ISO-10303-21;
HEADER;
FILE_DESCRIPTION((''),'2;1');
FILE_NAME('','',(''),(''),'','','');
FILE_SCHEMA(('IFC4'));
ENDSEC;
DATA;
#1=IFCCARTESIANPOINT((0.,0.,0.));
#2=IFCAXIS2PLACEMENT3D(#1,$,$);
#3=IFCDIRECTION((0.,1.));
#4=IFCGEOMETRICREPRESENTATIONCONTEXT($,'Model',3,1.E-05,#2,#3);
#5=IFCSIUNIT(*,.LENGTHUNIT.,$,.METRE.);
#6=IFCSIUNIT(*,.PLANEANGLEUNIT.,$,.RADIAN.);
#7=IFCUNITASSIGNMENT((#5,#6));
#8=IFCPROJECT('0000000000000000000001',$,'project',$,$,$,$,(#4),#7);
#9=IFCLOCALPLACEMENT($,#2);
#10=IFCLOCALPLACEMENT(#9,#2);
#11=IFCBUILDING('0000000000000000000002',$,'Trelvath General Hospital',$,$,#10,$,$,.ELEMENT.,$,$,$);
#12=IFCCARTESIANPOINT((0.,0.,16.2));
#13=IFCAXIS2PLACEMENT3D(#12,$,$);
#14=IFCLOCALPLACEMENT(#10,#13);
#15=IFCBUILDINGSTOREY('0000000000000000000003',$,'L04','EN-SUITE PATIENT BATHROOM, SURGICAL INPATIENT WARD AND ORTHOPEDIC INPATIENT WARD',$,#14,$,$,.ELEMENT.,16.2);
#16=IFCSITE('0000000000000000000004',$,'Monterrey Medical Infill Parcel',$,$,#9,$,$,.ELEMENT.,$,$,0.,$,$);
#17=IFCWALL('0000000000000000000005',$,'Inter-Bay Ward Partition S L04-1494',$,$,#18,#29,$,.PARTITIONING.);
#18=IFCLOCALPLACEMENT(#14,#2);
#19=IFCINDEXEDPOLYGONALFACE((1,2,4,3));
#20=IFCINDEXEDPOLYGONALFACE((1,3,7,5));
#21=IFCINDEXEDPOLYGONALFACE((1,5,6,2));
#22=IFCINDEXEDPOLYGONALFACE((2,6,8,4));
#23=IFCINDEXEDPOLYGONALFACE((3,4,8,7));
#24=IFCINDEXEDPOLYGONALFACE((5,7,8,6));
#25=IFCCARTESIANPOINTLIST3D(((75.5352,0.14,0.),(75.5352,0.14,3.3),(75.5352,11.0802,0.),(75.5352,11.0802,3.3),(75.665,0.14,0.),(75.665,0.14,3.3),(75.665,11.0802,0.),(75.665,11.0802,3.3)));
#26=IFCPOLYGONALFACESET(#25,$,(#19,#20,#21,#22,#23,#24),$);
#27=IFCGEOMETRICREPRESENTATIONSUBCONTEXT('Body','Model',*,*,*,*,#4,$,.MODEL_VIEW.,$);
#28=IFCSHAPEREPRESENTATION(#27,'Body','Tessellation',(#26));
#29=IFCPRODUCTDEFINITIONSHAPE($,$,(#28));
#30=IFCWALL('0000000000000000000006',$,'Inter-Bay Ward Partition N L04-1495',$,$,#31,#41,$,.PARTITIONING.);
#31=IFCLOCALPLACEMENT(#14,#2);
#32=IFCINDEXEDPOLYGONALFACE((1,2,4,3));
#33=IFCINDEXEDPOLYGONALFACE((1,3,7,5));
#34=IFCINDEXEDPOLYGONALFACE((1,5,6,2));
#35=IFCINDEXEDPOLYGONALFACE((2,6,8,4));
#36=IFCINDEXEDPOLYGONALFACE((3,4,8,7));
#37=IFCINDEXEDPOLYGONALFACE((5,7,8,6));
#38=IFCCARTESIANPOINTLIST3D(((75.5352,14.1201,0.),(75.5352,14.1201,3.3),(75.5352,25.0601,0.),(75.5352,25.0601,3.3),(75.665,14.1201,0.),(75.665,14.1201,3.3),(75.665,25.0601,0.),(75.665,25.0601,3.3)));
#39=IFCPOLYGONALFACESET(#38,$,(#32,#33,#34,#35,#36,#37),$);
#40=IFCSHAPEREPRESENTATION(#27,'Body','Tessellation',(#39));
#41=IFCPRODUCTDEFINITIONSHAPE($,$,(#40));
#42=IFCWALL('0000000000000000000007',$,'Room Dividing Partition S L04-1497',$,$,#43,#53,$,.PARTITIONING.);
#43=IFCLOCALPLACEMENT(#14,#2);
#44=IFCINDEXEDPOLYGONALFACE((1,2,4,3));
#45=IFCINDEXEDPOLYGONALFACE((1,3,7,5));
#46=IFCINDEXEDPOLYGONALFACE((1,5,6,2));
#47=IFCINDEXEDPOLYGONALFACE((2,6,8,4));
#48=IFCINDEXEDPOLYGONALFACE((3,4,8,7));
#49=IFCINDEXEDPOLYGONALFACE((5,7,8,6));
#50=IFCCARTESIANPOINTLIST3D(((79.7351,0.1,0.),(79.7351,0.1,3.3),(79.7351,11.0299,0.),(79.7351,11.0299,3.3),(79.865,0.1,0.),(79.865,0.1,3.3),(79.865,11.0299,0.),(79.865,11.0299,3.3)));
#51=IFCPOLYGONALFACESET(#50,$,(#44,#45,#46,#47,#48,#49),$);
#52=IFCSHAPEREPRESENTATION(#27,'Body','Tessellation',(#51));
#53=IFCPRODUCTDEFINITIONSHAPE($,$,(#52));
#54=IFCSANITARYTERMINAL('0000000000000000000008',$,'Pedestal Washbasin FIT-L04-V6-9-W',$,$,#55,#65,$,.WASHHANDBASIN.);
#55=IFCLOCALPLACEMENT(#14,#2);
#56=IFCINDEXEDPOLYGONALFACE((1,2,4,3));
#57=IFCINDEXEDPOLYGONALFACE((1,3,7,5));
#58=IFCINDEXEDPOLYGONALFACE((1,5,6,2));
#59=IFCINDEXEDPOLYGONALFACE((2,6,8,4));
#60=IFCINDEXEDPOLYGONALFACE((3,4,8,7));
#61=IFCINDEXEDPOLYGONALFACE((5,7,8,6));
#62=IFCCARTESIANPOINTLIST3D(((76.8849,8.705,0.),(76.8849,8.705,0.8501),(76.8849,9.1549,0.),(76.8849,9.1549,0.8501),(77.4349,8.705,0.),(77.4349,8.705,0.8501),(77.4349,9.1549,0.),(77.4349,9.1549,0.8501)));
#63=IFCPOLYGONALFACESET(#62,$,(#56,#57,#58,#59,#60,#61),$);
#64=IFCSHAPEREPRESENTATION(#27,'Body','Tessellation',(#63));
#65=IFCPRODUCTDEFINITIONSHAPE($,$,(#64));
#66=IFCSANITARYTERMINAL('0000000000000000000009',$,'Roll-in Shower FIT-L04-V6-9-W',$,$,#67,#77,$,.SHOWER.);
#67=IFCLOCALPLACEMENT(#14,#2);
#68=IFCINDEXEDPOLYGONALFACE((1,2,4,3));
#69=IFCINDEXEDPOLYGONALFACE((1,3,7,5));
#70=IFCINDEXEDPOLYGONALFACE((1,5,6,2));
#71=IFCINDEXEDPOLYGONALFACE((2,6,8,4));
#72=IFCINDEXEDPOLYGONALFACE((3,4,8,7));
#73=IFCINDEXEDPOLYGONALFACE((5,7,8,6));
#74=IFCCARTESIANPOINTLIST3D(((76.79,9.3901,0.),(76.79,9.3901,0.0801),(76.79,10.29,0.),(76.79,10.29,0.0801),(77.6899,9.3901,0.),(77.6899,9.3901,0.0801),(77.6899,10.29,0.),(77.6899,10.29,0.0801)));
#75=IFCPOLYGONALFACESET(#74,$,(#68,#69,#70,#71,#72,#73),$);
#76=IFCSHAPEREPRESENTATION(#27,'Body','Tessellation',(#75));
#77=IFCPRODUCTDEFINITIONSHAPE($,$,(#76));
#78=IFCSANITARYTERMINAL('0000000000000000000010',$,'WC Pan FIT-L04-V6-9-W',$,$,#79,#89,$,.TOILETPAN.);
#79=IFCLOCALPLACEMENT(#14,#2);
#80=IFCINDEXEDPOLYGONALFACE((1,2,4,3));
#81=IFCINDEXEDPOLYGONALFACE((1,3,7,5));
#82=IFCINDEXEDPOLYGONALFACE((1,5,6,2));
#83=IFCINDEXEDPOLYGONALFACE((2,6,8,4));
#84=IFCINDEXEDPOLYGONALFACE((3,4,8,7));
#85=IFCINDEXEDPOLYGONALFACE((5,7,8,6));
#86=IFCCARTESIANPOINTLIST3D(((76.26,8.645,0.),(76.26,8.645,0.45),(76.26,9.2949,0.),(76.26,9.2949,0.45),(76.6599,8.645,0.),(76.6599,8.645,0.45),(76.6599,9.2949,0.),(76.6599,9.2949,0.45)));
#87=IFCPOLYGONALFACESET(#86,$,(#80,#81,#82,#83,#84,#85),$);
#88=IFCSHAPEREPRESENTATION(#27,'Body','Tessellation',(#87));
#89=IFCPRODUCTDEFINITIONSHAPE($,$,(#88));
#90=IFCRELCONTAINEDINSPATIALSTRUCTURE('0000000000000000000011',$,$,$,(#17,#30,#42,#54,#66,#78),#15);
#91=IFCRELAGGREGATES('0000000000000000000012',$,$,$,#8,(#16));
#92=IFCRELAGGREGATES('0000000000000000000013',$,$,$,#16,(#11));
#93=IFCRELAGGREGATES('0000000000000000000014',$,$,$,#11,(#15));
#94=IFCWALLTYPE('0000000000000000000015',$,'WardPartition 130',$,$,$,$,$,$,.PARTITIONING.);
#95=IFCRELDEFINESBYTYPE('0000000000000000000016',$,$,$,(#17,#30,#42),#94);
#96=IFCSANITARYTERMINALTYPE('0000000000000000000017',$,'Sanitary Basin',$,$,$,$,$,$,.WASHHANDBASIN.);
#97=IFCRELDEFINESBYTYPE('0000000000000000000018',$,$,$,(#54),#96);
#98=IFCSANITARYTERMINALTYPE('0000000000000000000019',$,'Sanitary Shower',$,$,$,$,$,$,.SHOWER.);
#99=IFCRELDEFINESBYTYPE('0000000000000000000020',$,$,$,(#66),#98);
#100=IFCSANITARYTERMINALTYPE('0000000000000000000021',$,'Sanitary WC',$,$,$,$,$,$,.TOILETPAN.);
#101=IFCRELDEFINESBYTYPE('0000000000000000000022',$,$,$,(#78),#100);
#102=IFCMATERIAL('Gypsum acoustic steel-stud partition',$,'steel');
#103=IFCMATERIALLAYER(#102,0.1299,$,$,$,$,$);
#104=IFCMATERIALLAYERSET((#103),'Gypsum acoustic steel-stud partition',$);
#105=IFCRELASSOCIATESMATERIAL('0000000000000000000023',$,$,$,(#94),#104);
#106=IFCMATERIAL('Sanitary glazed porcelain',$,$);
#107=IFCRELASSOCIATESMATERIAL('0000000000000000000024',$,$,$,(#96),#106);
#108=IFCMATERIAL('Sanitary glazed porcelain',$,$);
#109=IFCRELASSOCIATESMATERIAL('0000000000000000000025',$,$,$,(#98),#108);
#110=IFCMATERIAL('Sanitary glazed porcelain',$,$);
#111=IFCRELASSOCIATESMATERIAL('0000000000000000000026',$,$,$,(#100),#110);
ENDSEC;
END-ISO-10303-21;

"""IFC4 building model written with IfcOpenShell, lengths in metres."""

from ifc_helpers import new_model, si_unit, direction, frame, frame_2d, origin, origin_2d, place, context, subcontext, project, spatial, rectangle, extrude, material, layer, layer_set, type_object, element, save


model = new_model("IFC4")

# Units and contexts
model_context = context("Model", 3, precision=1e-05, world=origin(), true_north=direction((0.0, 1.0)))
body_context = subcontext(model_context, "Body", "Model", "MODEL_VIEW")
ifc_project = project(units=[si_unit("LENGTHUNIT", "METRE"), si_unit("PLANEANGLEUNIT", "RADIAN")], contexts=[model_context])

# Site, building, storey
site_placement = place(None, origin())
site = spatial("IfcSite", under=ifc_project, at=site_placement, Name="Monterrey Medical Infill Parcel", CompositionType="ELEMENT", RefElevation=0.0)
building_placement = place(site_placement, origin())
building = spatial("IfcBuilding", under=site, at=building_placement, Name="Trelvath General Hospital", CompositionType="ELEMENT")
storey_placement = place(building_placement, frame((0.0, 0.0, 16.2)))
storey = spatial("IfcBuildingStorey", under=building, at=storey_placement, Name="L04", Description="EN-SUITE PATIENT BATHROOM, SURGICAL INPATIENT WARD AND ORTHOPEDIC INPATIENT WARD", CompositionType="ELEMENT", Elevation=16.2)

# Walls
ifc_material_1 = material(Name="Gypsum acoustic steel-stud partition", Category="steel")
ifc_layer_1 = layer(ifc_material_1, 0.1299)
ifc_layer_set_1 = layer_set([ifc_layer_1], Name="Gypsum acoustic steel-stud partition")
wall_type_1 = type_object("IfcWallType", Name="WardPartition 130", PredefinedType="PARTITIONING", material=ifc_layer_set_1)
wall_1_placement = place(storey_placement, frame((75.6001, 0.1399, 0.0), z_axis=(0.0, 0.0, 1.0), x_axis=(0.0, 1.0, 0.0)))
element("IfcWall", 1, at=wall_1_placement, inside=storey, type_object=wall_type_1, Name="Inter-Bay Ward Partition S L04-1494", PredefinedType="PARTITIONING", context=body_context, shape_type="SweptSolid", body=[
    extrude(rectangle(XDim=10.9402, YDim=0.1299, at=frame_2d((5.4702, 0.0))), origin(), (0.0, 0.0, 1.0), 3.3),
])
wall_2_placement = place(storey_placement, frame((75.6001, 14.1201, 0.0), z_axis=(0.0, 0.0, 1.0), x_axis=(0.0, 1.0, 0.0)))
element("IfcWall", 2, at=wall_2_placement, inside=storey, type_object=wall_type_1, Name="Inter-Bay Ward Partition N L04-1495", PredefinedType="PARTITIONING", context=body_context, shape_type="SweptSolid", body=[
    extrude(rectangle(XDim=10.9399, YDim=0.1299, at=frame_2d((5.47, 0.0))), origin(), (0.0, 0.0, 1.0), 3.3),
])
wall_3_placement = place(storey_placement, frame((79.8, 0.1001, 0.0), z_axis=(0.0, 0.0, 1.0), x_axis=(0.0, 1.0, 0.0)))
element("IfcWall", 3, at=wall_3_placement, inside=storey, type_object=wall_type_1, Name="Room Dividing Partition S L04-1497", PredefinedType="PARTITIONING", context=body_context, shape_type="SweptSolid", body=[
    extrude(rectangle(XDim=10.9299, YDim=0.1299, at=frame_2d((5.4648, 0.0))), origin(), (0.0, 0.0, 1.0), 3.3),
])

# Sanitary terminals
ifc_material_2 = material(Name="Sanitary glazed porcelain")
sanitary_terminal_type_1 = type_object("IfcSanitaryTerminalType", Name="Sanitary Basin", PredefinedType="WASHHANDBASIN", material=ifc_material_2)
sanitary_terminal_1_placement = place(storey_placement, frame((77.1599, 8.9299, 0.0), z_axis=(0.0, 0.0, 1.0), x_axis=(1.0, 0.0, 0.0)))
element("IfcSanitaryTerminal", 4, at=sanitary_terminal_1_placement, inside=storey, type_object=sanitary_terminal_type_1, Name="Pedestal Washbasin FIT-L04-V6-9-W", PredefinedType="WASHHANDBASIN", context=body_context, shape_type="SweptSolid", body=[
    extrude(rectangle(XDim=0.55, YDim=0.45, at=origin_2d()), origin(), (0.0, 0.0, 1.0), 0.8501),
])
ifc_material_3 = material(Name="Sanitary glazed porcelain")
sanitary_terminal_type_2 = type_object("IfcSanitaryTerminalType", Name="Sanitary Shower", PredefinedType="SHOWER", material=ifc_material_3)
sanitary_terminal_2_placement = place(storey_placement, frame((77.24, 9.8401, 0.0), z_axis=(0.0, 0.0, 1.0), x_axis=(1.0, 0.0, 0.0)))
element("IfcSanitaryTerminal", 5, at=sanitary_terminal_2_placement, inside=storey, type_object=sanitary_terminal_type_2, Name="Roll-in Shower FIT-L04-V6-9-W", PredefinedType="SHOWER", context=body_context, shape_type="SweptSolid", body=[
    extrude(rectangle(XDim=0.8999, YDim=0.8999, at=origin_2d()), origin(), (0.0, 0.0, 1.0), 0.0801),
])
ifc_material_4 = material(Name="Sanitary glazed porcelain")
sanitary_terminal_type_3 = type_object("IfcSanitaryTerminalType", Name="Sanitary WC", PredefinedType="TOILETPAN", material=ifc_material_4)
sanitary_terminal_3_placement = place(storey_placement, frame((76.46, 8.97, 0.0), z_axis=(0.0, 0.0, 1.0), x_axis=(1.0, 0.0, 0.0)))
element("IfcSanitaryTerminal", 6, at=sanitary_terminal_3_placement, inside=storey, type_object=sanitary_terminal_type_3, Name="WC Pan FIT-L04-V6-9-W", PredefinedType="TOILETPAN", context=body_context, shape_type="SweptSolid", body=[
    extrude(rectangle(XDim=0.3999, YDim=0.6499, at=origin_2d()), origin(), (0.0, 0.0, 1.0), 0.45),
])

save(model, "model.ifc")
